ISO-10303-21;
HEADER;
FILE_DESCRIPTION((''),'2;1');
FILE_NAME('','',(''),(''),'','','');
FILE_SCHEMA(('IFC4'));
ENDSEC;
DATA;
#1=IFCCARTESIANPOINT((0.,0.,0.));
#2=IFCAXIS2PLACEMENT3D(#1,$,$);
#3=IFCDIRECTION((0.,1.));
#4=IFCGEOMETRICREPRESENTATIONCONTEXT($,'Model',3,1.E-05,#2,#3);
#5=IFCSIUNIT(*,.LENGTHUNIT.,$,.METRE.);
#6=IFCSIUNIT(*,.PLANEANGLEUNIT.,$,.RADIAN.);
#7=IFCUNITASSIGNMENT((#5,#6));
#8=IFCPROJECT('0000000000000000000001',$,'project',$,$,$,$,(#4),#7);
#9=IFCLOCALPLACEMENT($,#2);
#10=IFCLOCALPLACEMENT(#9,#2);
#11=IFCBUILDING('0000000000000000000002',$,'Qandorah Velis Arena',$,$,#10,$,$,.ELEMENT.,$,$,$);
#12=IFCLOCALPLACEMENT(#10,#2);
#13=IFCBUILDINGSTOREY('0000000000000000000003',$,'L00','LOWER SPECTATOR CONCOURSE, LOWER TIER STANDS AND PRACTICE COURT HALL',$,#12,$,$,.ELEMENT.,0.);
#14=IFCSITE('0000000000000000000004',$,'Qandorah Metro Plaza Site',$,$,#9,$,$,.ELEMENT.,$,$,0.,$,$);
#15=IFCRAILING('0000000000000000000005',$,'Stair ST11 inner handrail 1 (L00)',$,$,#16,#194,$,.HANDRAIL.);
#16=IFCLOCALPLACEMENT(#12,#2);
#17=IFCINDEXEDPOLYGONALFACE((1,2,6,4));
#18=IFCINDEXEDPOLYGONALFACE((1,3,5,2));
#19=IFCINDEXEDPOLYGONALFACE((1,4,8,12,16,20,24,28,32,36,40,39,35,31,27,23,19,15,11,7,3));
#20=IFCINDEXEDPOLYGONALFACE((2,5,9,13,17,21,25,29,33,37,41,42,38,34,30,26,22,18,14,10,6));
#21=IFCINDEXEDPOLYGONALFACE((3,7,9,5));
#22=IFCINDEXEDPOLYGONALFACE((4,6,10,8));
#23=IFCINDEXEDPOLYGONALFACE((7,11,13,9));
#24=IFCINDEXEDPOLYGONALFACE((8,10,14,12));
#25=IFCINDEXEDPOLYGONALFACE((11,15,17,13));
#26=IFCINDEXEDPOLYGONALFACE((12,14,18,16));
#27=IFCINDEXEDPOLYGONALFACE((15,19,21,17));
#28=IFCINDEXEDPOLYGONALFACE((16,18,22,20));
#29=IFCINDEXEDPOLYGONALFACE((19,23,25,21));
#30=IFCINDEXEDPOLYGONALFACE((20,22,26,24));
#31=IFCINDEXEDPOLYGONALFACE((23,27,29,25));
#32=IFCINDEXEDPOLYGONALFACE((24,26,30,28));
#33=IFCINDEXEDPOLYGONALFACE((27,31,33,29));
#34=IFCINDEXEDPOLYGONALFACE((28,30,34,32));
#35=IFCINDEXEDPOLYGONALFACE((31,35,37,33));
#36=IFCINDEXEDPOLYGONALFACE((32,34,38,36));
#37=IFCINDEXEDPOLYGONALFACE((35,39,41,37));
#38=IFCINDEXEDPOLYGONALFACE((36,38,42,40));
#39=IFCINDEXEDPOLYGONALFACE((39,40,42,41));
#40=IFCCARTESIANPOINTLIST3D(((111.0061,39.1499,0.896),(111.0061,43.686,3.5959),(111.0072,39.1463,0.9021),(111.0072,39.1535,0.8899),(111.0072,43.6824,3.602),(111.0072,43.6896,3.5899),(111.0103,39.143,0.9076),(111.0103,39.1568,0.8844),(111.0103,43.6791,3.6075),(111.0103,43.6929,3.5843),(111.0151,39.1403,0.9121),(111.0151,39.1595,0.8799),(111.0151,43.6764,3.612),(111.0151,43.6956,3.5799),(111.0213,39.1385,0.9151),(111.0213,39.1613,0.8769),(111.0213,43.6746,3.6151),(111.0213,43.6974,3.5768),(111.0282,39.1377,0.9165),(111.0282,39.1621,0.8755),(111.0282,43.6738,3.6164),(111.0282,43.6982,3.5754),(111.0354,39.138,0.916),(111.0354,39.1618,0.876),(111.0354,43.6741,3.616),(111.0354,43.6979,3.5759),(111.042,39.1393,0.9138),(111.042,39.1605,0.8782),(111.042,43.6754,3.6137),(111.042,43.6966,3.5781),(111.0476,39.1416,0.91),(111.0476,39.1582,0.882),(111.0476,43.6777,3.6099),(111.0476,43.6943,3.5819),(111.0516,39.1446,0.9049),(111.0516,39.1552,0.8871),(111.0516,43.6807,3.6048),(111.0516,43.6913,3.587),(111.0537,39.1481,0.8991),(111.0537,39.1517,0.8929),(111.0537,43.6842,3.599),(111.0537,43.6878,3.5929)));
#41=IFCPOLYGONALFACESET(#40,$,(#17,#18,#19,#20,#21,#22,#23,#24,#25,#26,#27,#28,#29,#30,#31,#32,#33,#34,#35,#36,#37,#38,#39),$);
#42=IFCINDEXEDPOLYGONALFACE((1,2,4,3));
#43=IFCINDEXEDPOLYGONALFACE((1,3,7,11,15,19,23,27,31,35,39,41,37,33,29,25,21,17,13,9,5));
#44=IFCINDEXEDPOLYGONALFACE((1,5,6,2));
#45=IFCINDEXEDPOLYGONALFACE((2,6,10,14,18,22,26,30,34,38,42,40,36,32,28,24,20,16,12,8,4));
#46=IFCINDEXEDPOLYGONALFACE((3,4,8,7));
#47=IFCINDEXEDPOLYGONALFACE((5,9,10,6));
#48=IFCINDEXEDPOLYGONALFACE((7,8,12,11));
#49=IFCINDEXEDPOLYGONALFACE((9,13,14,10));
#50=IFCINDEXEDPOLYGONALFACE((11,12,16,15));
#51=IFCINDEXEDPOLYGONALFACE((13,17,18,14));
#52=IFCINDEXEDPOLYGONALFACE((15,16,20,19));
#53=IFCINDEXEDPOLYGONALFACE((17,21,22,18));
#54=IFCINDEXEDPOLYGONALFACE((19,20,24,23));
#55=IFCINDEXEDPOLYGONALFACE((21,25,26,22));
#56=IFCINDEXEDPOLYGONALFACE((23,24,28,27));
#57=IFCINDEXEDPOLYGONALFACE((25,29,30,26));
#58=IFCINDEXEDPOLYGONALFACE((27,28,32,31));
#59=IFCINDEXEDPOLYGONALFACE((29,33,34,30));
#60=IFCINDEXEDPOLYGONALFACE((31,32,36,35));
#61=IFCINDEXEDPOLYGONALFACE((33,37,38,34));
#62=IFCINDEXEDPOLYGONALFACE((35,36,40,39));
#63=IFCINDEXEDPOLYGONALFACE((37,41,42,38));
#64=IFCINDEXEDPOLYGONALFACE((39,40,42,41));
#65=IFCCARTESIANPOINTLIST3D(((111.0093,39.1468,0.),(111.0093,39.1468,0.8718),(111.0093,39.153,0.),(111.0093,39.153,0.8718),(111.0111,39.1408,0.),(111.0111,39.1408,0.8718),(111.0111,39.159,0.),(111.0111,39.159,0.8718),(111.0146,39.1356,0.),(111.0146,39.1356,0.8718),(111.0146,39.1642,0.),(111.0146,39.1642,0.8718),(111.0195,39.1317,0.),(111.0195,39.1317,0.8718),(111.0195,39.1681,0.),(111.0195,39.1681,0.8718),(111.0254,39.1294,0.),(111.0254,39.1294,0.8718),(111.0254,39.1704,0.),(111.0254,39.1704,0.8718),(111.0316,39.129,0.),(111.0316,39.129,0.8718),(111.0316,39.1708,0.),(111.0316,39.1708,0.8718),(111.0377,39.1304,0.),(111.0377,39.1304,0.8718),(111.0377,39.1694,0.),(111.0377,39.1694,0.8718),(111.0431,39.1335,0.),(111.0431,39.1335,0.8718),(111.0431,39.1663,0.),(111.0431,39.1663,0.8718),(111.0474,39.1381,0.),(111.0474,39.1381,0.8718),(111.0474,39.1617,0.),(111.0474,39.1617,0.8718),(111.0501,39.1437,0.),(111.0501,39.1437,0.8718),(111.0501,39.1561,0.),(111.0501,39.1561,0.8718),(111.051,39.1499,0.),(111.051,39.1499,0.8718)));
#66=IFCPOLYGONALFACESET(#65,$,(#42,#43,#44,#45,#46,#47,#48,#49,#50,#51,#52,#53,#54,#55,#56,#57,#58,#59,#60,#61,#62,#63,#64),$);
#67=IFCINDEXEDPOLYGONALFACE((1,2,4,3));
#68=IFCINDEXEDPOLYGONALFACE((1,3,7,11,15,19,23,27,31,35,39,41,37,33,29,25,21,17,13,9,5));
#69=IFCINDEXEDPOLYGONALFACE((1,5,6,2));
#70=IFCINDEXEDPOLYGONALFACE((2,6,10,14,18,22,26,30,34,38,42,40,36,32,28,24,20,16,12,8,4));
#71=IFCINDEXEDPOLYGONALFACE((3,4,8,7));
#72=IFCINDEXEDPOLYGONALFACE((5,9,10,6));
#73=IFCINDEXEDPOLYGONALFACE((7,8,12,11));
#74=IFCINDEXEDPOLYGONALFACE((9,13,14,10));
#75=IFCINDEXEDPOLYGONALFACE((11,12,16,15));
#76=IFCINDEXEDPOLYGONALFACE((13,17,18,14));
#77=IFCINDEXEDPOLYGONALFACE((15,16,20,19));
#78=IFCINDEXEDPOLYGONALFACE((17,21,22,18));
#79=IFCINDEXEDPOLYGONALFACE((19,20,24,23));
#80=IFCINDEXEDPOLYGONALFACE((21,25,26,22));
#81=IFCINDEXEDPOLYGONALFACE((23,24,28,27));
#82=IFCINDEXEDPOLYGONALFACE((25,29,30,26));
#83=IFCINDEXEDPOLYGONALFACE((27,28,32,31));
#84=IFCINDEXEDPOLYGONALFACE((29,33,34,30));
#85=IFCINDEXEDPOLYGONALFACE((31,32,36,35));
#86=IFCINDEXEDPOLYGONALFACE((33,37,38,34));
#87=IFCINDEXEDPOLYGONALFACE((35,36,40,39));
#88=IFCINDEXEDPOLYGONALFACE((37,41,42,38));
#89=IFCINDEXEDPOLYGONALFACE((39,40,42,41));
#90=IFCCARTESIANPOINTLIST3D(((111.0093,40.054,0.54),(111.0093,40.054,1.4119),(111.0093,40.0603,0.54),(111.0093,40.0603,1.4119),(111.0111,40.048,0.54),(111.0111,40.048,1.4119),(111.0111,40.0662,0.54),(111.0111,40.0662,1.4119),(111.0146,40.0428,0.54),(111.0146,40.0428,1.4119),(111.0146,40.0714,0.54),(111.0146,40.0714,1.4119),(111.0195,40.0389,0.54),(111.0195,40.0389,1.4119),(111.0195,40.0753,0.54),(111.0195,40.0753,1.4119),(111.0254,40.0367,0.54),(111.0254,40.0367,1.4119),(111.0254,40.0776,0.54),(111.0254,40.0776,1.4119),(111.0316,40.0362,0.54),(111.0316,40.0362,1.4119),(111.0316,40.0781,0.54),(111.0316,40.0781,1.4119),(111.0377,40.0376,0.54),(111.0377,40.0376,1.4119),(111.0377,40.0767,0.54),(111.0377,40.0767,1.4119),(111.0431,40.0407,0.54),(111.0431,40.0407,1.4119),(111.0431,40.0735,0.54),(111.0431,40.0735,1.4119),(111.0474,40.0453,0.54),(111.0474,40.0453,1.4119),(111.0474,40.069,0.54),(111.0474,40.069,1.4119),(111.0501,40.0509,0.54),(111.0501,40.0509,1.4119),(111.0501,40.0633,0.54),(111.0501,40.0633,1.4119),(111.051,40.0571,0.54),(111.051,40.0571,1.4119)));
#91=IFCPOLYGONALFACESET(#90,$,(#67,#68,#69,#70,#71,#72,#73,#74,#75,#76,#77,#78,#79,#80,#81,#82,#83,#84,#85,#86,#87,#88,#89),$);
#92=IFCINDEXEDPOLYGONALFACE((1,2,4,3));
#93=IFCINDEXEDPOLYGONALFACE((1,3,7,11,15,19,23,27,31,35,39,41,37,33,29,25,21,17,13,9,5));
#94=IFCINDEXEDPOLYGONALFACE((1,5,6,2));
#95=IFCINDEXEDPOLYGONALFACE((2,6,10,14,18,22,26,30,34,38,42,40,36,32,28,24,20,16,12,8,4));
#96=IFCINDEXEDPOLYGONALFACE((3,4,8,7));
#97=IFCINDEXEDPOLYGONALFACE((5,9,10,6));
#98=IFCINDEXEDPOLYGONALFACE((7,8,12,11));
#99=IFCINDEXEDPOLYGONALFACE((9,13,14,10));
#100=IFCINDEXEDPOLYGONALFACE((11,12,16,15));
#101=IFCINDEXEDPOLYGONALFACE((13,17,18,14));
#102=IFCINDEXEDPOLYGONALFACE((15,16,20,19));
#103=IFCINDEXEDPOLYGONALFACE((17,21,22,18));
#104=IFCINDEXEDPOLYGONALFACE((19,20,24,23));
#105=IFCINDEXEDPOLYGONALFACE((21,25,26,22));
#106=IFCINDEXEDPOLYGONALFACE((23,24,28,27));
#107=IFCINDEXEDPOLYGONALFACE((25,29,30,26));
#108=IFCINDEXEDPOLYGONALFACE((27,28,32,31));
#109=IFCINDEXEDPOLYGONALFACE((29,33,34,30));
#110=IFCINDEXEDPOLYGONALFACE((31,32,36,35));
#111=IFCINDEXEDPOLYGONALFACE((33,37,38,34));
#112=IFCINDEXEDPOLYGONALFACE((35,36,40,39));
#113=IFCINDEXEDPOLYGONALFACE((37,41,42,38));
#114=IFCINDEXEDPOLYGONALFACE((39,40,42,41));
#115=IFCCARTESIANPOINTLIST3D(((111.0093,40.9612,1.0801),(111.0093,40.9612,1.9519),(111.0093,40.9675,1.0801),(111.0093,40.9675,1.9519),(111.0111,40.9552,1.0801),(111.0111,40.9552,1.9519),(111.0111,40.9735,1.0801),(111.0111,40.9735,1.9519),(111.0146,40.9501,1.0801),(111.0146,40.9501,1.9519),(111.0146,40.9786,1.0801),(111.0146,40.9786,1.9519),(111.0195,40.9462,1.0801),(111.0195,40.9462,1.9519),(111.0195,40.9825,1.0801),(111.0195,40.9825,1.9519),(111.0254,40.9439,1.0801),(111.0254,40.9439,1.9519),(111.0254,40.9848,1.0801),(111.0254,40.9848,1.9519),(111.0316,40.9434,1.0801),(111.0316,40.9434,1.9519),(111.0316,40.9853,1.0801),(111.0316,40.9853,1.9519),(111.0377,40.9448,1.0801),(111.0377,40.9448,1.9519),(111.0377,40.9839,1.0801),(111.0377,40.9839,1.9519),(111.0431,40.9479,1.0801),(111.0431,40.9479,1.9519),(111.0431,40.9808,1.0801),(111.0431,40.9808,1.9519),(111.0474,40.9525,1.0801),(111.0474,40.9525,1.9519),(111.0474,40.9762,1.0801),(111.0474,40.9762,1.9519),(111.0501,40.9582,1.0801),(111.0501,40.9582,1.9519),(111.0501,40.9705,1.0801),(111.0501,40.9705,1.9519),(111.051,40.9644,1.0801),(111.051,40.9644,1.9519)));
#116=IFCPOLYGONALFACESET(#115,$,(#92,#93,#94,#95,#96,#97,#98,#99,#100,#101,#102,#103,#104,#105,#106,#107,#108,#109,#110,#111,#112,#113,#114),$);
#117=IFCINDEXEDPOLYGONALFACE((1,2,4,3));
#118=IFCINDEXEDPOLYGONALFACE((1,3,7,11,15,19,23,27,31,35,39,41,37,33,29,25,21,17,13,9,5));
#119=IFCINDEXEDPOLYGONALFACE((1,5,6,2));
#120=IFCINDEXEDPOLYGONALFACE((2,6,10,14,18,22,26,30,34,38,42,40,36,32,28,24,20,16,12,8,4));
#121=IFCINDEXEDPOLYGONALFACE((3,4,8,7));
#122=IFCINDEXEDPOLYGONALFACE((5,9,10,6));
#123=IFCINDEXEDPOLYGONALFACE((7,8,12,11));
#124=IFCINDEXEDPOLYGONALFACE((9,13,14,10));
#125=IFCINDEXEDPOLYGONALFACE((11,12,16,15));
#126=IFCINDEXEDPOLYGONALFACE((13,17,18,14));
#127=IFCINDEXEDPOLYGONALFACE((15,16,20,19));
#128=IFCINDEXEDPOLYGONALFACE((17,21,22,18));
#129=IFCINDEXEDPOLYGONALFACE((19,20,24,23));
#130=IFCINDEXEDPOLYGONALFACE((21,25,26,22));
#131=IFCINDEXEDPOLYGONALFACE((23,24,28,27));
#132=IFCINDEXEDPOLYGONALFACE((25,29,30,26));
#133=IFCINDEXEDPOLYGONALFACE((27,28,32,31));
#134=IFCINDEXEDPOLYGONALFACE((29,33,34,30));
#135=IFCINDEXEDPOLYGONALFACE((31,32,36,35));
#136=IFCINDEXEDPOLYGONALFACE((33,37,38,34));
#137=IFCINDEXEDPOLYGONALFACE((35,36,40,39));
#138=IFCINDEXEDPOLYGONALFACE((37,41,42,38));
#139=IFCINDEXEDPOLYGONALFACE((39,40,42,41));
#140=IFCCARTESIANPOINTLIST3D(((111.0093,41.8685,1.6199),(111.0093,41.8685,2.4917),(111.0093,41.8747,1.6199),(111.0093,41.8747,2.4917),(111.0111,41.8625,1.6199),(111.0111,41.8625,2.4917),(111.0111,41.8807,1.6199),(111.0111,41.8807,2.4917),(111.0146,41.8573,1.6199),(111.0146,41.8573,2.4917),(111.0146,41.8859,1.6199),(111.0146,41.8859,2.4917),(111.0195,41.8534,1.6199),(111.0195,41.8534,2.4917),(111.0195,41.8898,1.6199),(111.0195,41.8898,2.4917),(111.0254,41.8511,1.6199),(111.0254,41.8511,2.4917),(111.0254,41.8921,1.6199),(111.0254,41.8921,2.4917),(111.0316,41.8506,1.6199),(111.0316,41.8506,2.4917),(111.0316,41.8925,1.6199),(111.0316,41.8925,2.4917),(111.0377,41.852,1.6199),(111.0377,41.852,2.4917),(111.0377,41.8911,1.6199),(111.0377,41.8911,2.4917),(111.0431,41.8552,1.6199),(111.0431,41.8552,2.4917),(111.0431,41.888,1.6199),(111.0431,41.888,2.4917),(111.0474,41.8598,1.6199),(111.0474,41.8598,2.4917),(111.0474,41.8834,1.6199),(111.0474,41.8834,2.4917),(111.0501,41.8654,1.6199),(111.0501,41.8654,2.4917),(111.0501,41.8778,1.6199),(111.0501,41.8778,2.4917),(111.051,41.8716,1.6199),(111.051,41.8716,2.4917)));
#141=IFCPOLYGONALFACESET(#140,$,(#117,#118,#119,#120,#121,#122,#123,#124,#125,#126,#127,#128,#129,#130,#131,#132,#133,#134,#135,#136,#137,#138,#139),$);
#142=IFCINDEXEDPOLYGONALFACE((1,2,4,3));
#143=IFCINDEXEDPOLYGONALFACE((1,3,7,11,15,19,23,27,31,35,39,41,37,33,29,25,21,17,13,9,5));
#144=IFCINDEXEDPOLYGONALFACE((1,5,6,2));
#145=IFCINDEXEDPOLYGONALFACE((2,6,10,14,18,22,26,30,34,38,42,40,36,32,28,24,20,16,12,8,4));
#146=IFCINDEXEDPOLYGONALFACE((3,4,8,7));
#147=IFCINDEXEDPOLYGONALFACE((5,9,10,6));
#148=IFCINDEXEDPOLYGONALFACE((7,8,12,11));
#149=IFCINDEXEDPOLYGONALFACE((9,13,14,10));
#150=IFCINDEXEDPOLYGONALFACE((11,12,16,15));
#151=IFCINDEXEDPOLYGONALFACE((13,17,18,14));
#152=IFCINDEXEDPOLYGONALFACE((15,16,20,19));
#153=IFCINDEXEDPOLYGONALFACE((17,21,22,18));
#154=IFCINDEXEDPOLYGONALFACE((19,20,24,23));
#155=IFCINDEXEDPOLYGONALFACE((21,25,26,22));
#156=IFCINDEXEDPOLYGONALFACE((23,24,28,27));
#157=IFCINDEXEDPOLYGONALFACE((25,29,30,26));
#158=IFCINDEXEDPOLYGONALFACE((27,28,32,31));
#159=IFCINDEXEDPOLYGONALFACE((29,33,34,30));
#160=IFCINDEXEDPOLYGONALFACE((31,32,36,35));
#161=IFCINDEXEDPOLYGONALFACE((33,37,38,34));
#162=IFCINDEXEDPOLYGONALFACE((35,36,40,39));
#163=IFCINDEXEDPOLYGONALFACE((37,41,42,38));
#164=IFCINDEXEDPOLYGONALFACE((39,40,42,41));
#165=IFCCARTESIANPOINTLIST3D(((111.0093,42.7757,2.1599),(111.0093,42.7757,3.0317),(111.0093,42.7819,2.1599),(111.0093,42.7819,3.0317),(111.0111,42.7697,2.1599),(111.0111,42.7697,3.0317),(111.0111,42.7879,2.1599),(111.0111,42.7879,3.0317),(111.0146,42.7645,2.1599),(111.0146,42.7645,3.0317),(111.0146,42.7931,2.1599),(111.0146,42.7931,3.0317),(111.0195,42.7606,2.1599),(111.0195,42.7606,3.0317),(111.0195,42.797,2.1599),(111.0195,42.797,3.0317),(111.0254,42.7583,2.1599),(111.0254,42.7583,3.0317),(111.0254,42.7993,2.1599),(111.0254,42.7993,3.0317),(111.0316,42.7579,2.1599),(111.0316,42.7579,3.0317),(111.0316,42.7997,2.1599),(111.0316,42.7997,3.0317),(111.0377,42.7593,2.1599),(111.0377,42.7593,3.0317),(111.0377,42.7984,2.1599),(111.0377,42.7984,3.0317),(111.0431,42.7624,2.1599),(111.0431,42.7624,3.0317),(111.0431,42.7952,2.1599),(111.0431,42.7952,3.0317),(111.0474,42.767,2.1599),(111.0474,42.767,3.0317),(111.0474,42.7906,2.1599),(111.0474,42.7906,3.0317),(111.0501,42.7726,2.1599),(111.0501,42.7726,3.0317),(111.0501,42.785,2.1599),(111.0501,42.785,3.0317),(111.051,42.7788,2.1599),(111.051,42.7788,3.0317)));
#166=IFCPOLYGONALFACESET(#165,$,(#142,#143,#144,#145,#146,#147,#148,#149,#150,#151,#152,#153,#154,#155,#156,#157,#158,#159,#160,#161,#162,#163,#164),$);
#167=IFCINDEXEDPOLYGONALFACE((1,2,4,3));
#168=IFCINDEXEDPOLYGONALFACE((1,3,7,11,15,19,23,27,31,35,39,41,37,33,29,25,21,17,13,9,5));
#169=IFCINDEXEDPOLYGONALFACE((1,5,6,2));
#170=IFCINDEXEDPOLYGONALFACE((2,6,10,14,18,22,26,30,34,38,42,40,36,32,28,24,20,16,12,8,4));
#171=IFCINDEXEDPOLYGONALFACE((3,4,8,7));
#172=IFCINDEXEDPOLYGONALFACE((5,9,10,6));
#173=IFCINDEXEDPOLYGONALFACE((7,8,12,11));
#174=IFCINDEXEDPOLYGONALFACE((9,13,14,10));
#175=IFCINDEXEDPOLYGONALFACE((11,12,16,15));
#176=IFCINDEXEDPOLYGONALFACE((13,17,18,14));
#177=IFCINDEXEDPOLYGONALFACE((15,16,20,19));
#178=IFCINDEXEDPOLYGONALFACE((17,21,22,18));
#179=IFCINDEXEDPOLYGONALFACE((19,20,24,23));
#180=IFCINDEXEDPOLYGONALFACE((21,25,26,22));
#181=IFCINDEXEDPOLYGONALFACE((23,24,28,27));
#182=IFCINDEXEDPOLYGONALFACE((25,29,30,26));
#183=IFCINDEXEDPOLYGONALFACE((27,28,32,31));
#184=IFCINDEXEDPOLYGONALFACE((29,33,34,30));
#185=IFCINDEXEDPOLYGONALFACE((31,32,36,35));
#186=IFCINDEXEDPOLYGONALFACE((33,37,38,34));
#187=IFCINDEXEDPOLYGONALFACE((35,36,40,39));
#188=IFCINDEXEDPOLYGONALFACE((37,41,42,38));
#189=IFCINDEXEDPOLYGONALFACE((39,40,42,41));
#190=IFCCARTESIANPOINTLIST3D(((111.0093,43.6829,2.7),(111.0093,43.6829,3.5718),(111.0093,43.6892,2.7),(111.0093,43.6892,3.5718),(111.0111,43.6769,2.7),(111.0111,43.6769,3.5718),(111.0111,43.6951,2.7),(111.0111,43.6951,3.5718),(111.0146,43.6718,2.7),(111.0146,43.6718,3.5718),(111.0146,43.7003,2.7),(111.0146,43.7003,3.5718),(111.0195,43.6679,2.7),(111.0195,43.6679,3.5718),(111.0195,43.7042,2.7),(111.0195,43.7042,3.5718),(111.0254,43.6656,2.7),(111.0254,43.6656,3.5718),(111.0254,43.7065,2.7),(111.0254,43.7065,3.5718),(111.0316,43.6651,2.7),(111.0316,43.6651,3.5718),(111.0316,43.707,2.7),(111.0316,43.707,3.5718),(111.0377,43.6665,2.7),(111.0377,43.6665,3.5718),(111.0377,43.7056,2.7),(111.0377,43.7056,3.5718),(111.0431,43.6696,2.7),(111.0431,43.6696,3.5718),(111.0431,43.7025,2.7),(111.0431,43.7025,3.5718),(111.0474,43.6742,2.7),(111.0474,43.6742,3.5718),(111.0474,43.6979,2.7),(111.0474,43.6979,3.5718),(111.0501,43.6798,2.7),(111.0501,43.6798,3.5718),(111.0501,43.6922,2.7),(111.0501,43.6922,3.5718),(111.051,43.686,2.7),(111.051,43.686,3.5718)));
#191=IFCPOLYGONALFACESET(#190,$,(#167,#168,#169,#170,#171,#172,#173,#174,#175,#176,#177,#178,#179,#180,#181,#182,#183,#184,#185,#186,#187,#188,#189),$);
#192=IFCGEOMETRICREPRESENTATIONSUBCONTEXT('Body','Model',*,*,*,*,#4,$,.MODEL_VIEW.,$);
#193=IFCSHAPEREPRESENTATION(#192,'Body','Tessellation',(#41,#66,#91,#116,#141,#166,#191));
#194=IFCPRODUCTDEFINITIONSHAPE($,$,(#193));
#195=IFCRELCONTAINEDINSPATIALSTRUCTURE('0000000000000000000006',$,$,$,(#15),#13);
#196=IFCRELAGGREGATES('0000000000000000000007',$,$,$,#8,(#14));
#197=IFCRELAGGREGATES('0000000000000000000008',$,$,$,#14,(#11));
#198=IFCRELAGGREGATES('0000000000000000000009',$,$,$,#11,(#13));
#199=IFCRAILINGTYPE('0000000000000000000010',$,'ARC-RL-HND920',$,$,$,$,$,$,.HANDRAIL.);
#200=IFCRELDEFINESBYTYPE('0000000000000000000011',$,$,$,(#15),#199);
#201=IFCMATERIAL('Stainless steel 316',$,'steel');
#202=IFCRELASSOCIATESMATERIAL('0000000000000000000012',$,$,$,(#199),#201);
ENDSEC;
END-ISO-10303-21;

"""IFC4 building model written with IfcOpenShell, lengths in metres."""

from ifc_helpers import new_model, si_unit, direction, frame, origin, origin_2d, place, context, subcontext, project, spatial, circle, extrude, material, type_object, element, save


model = new_model("IFC4")

# Units and contexts
model_context = context("Model", 3, precision=1e-05, world=origin(), true_north=direction((0.0, 1.0)))
body_context = subcontext(model_context, "Body", "Model", "MODEL_VIEW")
ifc_project = project(units=[si_unit("LENGTHUNIT", "METRE"), si_unit("PLANEANGLEUNIT", "RADIAN")], contexts=[model_context])

# Site, building, storey
site_placement = place(None, origin())
site = spatial("IfcSite", under=ifc_project, at=site_placement, Name="Qandorah Metro Plaza Site", CompositionType="ELEMENT", RefElevation=0.0)
building_placement = place(site_placement, origin())
building = spatial("IfcBuilding", under=site, at=building_placement, Name="Qandorah Velis Arena", CompositionType="ELEMENT")
storey_placement = place(building_placement, origin())
storey = spatial("IfcBuildingStorey", under=building, at=storey_placement, Name="L00", Description="LOWER SPECTATOR CONCOURSE, LOWER TIER STANDS AND PRACTICE COURT HALL", CompositionType="ELEMENT", Elevation=0.0)

# Railing
ifc_material_1 = material(Name="Stainless steel 316", Category="steel")
railing_type_1 = type_object("IfcRailingType", Name="ARC-RL-HND920", PredefinedType="HANDRAIL", material=ifc_material_1)
railing_1_placement = place(storey_placement, frame((111.03, 39.1499, 0.0)))
element("IfcRailing", 1, at=railing_1_placement, inside=storey, type_object=railing_type_1, Name="Stair ST11 inner handrail 1 (L00)", PredefinedType="HANDRAIL", context=body_context, shape_type="SweptSolid", body=[
    extrude(circle(Radius=0.0239, at=origin_2d()), frame((0.0, 0.0, 0.896), z_axis=(0.0, 0.859304, 0.511466), x_axis=(-1.0, 0.0, 0.0)), (0.0, 0.0, 1.0), 5.2788),
    extrude(circle(Radius=0.021, at=origin_2d()), origin(), (0.0, 0.0, 1.0), 0.8718),
    extrude(circle(Radius=0.021, at=origin_2d()), frame((0.0, 0.9072, 0.54)), (0.0, 0.0, 1.0), 0.8718),
    extrude(circle(Radius=0.021, at=origin_2d()), frame((0.0, 1.8145, 1.0801)), (0.0, 0.0, 1.0), 0.8718),
    extrude(circle(Radius=0.021, at=origin_2d()), frame((0.0, 2.7217, 1.6199)), (0.0, 0.0, 1.0), 0.8718),
    extrude(circle(Radius=0.021, at=origin_2d()), frame((0.0, 3.6289, 2.1599)), (0.0, 0.0, 1.0), 0.8718),
    extrude(circle(Radius=0.021, at=origin_2d()), frame((0.0, 4.5361, 2.7)), (0.0, 0.0, 1.0), 0.8718),
])

save(model, "model.ifc")
